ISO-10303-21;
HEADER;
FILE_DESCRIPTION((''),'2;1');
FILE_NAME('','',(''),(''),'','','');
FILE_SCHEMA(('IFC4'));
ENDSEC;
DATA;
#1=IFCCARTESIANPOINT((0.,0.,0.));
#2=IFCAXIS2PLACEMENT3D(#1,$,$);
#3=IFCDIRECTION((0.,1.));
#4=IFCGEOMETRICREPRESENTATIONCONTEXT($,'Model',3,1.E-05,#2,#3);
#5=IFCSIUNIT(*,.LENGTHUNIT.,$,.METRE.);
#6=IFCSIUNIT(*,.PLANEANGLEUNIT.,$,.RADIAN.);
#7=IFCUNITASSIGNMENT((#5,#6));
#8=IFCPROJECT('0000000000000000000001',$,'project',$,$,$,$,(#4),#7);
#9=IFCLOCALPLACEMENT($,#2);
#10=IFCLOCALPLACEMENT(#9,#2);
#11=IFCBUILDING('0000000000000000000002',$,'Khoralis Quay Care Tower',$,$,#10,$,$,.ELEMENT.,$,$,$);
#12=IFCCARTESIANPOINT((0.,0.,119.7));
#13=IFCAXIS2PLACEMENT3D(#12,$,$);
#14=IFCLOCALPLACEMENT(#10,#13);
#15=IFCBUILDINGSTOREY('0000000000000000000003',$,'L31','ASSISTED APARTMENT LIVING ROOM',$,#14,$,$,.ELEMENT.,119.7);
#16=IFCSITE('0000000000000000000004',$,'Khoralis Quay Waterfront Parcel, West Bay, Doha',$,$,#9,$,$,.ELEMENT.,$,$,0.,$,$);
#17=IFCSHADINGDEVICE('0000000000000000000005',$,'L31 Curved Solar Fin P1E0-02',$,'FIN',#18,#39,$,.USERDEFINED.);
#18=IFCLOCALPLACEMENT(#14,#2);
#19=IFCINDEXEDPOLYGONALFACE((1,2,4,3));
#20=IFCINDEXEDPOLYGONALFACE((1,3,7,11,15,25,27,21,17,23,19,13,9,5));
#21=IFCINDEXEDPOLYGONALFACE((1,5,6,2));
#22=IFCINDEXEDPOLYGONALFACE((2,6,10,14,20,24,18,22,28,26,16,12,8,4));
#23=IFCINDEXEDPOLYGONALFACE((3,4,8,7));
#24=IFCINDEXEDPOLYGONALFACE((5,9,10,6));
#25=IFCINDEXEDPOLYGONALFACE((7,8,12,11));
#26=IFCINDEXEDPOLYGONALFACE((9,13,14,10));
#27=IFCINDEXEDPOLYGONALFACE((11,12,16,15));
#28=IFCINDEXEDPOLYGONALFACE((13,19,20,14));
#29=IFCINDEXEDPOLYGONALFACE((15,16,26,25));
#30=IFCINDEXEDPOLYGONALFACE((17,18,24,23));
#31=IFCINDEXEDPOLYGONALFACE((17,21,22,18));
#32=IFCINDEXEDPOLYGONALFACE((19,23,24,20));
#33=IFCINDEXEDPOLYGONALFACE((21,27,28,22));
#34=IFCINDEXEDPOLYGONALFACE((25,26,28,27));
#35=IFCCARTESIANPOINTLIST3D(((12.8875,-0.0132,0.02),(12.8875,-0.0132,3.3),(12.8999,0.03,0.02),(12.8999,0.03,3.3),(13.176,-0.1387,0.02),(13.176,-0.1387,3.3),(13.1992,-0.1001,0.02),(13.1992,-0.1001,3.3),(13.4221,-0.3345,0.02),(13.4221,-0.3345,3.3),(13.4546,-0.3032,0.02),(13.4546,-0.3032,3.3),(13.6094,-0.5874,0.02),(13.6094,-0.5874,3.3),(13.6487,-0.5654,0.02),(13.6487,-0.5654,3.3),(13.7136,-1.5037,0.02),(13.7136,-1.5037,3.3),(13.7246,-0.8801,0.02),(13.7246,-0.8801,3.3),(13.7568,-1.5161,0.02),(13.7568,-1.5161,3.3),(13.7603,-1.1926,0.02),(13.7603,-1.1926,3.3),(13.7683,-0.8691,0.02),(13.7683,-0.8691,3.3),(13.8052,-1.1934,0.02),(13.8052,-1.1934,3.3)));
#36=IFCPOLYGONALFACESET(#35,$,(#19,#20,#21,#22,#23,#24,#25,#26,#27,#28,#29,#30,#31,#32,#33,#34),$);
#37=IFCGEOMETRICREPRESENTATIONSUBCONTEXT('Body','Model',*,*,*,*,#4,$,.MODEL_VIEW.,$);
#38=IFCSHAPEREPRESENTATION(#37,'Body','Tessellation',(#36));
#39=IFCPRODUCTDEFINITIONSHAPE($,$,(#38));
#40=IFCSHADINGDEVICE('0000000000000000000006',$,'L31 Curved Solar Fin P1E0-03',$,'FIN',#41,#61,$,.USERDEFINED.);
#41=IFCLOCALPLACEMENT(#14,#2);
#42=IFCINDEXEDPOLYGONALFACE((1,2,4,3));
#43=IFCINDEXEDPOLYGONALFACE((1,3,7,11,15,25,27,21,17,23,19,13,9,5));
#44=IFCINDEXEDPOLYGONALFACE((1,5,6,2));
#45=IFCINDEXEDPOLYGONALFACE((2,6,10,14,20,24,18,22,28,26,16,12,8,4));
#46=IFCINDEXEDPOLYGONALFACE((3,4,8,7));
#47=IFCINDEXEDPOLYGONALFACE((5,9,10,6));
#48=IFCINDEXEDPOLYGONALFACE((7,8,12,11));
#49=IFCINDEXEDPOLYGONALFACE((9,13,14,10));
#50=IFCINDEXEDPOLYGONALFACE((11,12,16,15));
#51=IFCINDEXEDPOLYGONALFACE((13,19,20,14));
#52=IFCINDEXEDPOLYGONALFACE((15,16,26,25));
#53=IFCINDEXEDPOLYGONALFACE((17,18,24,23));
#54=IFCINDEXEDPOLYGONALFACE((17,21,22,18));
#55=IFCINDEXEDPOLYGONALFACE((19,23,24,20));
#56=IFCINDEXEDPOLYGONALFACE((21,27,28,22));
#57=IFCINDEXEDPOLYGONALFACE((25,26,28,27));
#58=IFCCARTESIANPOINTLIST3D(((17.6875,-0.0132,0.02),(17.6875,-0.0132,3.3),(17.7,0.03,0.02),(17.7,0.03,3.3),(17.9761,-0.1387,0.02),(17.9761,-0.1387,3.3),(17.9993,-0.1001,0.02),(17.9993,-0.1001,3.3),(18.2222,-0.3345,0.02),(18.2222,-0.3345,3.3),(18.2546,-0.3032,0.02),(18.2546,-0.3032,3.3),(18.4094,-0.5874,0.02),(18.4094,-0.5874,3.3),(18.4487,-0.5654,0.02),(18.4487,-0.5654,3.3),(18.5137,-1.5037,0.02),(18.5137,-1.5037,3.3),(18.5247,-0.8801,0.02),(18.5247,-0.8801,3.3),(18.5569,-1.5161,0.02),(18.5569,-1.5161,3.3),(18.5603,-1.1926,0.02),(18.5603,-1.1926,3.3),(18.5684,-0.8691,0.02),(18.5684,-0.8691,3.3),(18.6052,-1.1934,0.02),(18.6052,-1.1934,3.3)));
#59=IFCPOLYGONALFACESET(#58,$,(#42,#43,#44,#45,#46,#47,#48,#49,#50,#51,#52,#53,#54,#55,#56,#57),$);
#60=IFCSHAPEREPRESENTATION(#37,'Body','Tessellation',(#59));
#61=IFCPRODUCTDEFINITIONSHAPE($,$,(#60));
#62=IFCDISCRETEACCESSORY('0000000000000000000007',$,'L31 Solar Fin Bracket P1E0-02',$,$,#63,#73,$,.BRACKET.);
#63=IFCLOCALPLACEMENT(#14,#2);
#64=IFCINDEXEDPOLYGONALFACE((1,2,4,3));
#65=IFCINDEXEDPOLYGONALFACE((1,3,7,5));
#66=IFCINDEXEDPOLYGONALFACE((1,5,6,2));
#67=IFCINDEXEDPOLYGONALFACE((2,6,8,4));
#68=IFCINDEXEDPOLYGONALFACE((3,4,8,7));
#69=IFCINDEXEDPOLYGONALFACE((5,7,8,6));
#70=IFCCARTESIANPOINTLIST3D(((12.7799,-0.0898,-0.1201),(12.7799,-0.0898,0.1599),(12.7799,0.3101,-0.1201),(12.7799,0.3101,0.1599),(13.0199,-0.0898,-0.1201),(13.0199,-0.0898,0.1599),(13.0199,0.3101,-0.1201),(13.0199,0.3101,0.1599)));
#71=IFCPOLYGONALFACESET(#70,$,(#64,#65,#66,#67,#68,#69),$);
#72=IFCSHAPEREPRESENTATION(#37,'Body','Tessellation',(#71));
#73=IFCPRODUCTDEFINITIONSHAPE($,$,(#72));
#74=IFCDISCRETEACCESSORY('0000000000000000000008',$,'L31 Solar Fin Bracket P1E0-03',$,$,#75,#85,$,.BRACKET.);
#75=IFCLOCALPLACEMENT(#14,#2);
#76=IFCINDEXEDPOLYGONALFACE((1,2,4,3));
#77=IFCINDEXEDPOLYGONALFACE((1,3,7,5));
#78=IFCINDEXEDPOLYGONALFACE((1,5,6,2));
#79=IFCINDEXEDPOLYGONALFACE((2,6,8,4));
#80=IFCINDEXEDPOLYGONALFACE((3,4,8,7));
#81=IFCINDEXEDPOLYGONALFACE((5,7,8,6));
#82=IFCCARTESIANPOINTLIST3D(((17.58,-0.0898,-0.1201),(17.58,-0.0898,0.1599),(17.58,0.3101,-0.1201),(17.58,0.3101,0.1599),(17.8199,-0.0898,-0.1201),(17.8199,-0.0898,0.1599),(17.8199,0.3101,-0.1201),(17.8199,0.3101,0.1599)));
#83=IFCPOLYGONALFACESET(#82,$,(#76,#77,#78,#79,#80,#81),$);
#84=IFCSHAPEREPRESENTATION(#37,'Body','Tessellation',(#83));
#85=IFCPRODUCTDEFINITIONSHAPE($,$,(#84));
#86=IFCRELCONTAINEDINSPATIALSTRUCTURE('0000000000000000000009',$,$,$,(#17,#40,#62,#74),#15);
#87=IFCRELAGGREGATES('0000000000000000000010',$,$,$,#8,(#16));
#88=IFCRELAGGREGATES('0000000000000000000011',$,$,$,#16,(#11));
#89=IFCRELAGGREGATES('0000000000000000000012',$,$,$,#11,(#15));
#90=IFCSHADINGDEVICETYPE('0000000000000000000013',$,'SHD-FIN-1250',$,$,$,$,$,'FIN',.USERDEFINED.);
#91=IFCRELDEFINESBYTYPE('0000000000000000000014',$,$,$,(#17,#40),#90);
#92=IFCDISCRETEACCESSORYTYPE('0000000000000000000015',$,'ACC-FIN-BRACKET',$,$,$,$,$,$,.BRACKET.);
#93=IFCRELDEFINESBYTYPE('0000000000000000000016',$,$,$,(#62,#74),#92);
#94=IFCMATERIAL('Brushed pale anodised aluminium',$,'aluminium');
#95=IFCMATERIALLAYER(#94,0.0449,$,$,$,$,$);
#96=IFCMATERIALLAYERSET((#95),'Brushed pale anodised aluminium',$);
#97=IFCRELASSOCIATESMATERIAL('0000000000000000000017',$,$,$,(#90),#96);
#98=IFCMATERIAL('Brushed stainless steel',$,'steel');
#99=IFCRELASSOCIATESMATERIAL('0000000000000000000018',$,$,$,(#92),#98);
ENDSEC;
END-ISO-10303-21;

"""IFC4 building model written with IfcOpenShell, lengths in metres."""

from ifc_helpers import new_model, si_unit, direction, frame, origin, origin_2d, place, context, subcontext, project, spatial, polyline, rectangle, outline, extrude, source, transform, mapped, material, layer, layer_set, type_object, element, save


model = new_model("IFC4")

# Units and contexts
model_context = context("Model", 3, precision=1e-05, world=origin(), true_north=direction((0.0, 1.0)))
body_context = subcontext(model_context, "Body", "Model", "MODEL_VIEW")
ifc_project = project(units=[si_unit("LENGTHUNIT", "METRE"), si_unit("PLANEANGLEUNIT", "RADIAN")], contexts=[model_context])

# Site, building, storey
site_placement = place(None, origin())
site = spatial("IfcSite", under=ifc_project, at=site_placement, Name="Khoralis Quay Waterfront Parcel, West Bay, Doha", CompositionType="ELEMENT", RefElevation=0.0)
building_placement = place(site_placement, origin())
building = spatial("IfcBuilding", under=site, at=building_placement, Name="Khoralis Quay Care Tower", CompositionType="ELEMENT")
storey_placement = place(building_placement, frame((0.0, 0.0, 119.7)))
storey = spatial("IfcBuildingStorey", under=building, at=storey_placement, Name="L31", Description="ASSISTED APARTMENT LIVING ROOM", CompositionType="ELEMENT", Elevation=119.7)

# Shading devices
ifc_material_1 = material(Name="Brushed pale anodised aluminium", Category="aluminium")
ifc_layer_1 = layer(ifc_material_1, 0.0449)
ifc_layer_set_1 = layer_set([ifc_layer_1], Name="Brushed pale anodised aluminium")
shading_device_type = type_object("IfcShadingDeviceType", Name="SHD-FIN-1250", ElementType="FIN", PredefinedType="USERDEFINED", material=ifc_layer_set_1)
shared_shape_1 = source(origin(), body_context, "Body", "SweptSolid", [
    extrude(outline(polyline([(0.0, 0.0), (0.1301, 0.2993), (0.3333, 0.5547), (0.5955, 0.7488), (0.8992, 0.8684), (1.2234, 0.9053), (1.5461, 0.8569), (1.5337, 0.8137), (1.2227, 0.8604), (0.9102, 0.8247), (0.6174, 0.7095), (0.3645, 0.5222), (0.1687, 0.2761), (0.0432, -0.0125), (0.0, 0.0)])), origin(), (0.0, 0.0, 1.0), 3.28),
])
for number, where, z_axis, x_axis, name in (
    (1, (12.8999, 0.03, 0.02), (0.0, 0.0, 1.0), (0.0, -1.0, 0.0), "L31 Curved Solar Fin P1E0-02"),
    (2, (17.7, 0.03, 0.02), (0.0, 0.0, 1.0), (0.0, -1.0, 0.0), "L31 Curved Solar Fin P1E0-03"),
):
    element("IfcShadingDevice", number, at=place(storey_placement, frame(where, z_axis=z_axis, x_axis=x_axis)), inside=storey, type_object=shading_device_type, Name=name, ObjectType="FIN", PredefinedType="USERDEFINED", context=body_context, shape_type="MappedRepresentation", body=[
        mapped(shared_shape_1, transform((0.0, 0.0, 0.0), scale=1.0)),
    ])

# Discrete accessories
ifc_material_2 = material(Name="Brushed stainless steel", Category="steel")
discrete_accessory_type = type_object("IfcDiscreteAccessoryType", Name="ACC-FIN-BRACKET", PredefinedType="BRACKET", material=ifc_material_2)
shared_shape_2 = source(origin(), body_context, "Body", "SweptSolid", [
    extrude(rectangle(XDim=0.3999, YDim=0.24, at=origin_2d()), origin(), (0.0, 0.0, 1.0), 0.28),
])
for number, where, z_axis, x_axis, name in (
    (3, (12.8999, 0.1101, -0.1201), (0.0, 0.0, 1.0), (0.0, -1.0, 0.0), "L31 Solar Fin Bracket P1E0-02"),
    (4, (17.7, 0.1101, -0.1201), (0.0, 0.0, 1.0), (0.0, -1.0, 0.0), "L31 Solar Fin Bracket P1E0-03"),
):
    element("IfcDiscreteAccessory", number, at=place(storey_placement, frame(where, z_axis=z_axis, x_axis=x_axis)), inside=storey, type_object=discrete_accessory_type, Name=name, PredefinedType="BRACKET", context=body_context, shape_type="MappedRepresentation", body=[
        mapped(shared_shape_2, transform((0.0, 0.0, 0.0), scale=1.0)),
    ])

save(model, "model.ifc")
